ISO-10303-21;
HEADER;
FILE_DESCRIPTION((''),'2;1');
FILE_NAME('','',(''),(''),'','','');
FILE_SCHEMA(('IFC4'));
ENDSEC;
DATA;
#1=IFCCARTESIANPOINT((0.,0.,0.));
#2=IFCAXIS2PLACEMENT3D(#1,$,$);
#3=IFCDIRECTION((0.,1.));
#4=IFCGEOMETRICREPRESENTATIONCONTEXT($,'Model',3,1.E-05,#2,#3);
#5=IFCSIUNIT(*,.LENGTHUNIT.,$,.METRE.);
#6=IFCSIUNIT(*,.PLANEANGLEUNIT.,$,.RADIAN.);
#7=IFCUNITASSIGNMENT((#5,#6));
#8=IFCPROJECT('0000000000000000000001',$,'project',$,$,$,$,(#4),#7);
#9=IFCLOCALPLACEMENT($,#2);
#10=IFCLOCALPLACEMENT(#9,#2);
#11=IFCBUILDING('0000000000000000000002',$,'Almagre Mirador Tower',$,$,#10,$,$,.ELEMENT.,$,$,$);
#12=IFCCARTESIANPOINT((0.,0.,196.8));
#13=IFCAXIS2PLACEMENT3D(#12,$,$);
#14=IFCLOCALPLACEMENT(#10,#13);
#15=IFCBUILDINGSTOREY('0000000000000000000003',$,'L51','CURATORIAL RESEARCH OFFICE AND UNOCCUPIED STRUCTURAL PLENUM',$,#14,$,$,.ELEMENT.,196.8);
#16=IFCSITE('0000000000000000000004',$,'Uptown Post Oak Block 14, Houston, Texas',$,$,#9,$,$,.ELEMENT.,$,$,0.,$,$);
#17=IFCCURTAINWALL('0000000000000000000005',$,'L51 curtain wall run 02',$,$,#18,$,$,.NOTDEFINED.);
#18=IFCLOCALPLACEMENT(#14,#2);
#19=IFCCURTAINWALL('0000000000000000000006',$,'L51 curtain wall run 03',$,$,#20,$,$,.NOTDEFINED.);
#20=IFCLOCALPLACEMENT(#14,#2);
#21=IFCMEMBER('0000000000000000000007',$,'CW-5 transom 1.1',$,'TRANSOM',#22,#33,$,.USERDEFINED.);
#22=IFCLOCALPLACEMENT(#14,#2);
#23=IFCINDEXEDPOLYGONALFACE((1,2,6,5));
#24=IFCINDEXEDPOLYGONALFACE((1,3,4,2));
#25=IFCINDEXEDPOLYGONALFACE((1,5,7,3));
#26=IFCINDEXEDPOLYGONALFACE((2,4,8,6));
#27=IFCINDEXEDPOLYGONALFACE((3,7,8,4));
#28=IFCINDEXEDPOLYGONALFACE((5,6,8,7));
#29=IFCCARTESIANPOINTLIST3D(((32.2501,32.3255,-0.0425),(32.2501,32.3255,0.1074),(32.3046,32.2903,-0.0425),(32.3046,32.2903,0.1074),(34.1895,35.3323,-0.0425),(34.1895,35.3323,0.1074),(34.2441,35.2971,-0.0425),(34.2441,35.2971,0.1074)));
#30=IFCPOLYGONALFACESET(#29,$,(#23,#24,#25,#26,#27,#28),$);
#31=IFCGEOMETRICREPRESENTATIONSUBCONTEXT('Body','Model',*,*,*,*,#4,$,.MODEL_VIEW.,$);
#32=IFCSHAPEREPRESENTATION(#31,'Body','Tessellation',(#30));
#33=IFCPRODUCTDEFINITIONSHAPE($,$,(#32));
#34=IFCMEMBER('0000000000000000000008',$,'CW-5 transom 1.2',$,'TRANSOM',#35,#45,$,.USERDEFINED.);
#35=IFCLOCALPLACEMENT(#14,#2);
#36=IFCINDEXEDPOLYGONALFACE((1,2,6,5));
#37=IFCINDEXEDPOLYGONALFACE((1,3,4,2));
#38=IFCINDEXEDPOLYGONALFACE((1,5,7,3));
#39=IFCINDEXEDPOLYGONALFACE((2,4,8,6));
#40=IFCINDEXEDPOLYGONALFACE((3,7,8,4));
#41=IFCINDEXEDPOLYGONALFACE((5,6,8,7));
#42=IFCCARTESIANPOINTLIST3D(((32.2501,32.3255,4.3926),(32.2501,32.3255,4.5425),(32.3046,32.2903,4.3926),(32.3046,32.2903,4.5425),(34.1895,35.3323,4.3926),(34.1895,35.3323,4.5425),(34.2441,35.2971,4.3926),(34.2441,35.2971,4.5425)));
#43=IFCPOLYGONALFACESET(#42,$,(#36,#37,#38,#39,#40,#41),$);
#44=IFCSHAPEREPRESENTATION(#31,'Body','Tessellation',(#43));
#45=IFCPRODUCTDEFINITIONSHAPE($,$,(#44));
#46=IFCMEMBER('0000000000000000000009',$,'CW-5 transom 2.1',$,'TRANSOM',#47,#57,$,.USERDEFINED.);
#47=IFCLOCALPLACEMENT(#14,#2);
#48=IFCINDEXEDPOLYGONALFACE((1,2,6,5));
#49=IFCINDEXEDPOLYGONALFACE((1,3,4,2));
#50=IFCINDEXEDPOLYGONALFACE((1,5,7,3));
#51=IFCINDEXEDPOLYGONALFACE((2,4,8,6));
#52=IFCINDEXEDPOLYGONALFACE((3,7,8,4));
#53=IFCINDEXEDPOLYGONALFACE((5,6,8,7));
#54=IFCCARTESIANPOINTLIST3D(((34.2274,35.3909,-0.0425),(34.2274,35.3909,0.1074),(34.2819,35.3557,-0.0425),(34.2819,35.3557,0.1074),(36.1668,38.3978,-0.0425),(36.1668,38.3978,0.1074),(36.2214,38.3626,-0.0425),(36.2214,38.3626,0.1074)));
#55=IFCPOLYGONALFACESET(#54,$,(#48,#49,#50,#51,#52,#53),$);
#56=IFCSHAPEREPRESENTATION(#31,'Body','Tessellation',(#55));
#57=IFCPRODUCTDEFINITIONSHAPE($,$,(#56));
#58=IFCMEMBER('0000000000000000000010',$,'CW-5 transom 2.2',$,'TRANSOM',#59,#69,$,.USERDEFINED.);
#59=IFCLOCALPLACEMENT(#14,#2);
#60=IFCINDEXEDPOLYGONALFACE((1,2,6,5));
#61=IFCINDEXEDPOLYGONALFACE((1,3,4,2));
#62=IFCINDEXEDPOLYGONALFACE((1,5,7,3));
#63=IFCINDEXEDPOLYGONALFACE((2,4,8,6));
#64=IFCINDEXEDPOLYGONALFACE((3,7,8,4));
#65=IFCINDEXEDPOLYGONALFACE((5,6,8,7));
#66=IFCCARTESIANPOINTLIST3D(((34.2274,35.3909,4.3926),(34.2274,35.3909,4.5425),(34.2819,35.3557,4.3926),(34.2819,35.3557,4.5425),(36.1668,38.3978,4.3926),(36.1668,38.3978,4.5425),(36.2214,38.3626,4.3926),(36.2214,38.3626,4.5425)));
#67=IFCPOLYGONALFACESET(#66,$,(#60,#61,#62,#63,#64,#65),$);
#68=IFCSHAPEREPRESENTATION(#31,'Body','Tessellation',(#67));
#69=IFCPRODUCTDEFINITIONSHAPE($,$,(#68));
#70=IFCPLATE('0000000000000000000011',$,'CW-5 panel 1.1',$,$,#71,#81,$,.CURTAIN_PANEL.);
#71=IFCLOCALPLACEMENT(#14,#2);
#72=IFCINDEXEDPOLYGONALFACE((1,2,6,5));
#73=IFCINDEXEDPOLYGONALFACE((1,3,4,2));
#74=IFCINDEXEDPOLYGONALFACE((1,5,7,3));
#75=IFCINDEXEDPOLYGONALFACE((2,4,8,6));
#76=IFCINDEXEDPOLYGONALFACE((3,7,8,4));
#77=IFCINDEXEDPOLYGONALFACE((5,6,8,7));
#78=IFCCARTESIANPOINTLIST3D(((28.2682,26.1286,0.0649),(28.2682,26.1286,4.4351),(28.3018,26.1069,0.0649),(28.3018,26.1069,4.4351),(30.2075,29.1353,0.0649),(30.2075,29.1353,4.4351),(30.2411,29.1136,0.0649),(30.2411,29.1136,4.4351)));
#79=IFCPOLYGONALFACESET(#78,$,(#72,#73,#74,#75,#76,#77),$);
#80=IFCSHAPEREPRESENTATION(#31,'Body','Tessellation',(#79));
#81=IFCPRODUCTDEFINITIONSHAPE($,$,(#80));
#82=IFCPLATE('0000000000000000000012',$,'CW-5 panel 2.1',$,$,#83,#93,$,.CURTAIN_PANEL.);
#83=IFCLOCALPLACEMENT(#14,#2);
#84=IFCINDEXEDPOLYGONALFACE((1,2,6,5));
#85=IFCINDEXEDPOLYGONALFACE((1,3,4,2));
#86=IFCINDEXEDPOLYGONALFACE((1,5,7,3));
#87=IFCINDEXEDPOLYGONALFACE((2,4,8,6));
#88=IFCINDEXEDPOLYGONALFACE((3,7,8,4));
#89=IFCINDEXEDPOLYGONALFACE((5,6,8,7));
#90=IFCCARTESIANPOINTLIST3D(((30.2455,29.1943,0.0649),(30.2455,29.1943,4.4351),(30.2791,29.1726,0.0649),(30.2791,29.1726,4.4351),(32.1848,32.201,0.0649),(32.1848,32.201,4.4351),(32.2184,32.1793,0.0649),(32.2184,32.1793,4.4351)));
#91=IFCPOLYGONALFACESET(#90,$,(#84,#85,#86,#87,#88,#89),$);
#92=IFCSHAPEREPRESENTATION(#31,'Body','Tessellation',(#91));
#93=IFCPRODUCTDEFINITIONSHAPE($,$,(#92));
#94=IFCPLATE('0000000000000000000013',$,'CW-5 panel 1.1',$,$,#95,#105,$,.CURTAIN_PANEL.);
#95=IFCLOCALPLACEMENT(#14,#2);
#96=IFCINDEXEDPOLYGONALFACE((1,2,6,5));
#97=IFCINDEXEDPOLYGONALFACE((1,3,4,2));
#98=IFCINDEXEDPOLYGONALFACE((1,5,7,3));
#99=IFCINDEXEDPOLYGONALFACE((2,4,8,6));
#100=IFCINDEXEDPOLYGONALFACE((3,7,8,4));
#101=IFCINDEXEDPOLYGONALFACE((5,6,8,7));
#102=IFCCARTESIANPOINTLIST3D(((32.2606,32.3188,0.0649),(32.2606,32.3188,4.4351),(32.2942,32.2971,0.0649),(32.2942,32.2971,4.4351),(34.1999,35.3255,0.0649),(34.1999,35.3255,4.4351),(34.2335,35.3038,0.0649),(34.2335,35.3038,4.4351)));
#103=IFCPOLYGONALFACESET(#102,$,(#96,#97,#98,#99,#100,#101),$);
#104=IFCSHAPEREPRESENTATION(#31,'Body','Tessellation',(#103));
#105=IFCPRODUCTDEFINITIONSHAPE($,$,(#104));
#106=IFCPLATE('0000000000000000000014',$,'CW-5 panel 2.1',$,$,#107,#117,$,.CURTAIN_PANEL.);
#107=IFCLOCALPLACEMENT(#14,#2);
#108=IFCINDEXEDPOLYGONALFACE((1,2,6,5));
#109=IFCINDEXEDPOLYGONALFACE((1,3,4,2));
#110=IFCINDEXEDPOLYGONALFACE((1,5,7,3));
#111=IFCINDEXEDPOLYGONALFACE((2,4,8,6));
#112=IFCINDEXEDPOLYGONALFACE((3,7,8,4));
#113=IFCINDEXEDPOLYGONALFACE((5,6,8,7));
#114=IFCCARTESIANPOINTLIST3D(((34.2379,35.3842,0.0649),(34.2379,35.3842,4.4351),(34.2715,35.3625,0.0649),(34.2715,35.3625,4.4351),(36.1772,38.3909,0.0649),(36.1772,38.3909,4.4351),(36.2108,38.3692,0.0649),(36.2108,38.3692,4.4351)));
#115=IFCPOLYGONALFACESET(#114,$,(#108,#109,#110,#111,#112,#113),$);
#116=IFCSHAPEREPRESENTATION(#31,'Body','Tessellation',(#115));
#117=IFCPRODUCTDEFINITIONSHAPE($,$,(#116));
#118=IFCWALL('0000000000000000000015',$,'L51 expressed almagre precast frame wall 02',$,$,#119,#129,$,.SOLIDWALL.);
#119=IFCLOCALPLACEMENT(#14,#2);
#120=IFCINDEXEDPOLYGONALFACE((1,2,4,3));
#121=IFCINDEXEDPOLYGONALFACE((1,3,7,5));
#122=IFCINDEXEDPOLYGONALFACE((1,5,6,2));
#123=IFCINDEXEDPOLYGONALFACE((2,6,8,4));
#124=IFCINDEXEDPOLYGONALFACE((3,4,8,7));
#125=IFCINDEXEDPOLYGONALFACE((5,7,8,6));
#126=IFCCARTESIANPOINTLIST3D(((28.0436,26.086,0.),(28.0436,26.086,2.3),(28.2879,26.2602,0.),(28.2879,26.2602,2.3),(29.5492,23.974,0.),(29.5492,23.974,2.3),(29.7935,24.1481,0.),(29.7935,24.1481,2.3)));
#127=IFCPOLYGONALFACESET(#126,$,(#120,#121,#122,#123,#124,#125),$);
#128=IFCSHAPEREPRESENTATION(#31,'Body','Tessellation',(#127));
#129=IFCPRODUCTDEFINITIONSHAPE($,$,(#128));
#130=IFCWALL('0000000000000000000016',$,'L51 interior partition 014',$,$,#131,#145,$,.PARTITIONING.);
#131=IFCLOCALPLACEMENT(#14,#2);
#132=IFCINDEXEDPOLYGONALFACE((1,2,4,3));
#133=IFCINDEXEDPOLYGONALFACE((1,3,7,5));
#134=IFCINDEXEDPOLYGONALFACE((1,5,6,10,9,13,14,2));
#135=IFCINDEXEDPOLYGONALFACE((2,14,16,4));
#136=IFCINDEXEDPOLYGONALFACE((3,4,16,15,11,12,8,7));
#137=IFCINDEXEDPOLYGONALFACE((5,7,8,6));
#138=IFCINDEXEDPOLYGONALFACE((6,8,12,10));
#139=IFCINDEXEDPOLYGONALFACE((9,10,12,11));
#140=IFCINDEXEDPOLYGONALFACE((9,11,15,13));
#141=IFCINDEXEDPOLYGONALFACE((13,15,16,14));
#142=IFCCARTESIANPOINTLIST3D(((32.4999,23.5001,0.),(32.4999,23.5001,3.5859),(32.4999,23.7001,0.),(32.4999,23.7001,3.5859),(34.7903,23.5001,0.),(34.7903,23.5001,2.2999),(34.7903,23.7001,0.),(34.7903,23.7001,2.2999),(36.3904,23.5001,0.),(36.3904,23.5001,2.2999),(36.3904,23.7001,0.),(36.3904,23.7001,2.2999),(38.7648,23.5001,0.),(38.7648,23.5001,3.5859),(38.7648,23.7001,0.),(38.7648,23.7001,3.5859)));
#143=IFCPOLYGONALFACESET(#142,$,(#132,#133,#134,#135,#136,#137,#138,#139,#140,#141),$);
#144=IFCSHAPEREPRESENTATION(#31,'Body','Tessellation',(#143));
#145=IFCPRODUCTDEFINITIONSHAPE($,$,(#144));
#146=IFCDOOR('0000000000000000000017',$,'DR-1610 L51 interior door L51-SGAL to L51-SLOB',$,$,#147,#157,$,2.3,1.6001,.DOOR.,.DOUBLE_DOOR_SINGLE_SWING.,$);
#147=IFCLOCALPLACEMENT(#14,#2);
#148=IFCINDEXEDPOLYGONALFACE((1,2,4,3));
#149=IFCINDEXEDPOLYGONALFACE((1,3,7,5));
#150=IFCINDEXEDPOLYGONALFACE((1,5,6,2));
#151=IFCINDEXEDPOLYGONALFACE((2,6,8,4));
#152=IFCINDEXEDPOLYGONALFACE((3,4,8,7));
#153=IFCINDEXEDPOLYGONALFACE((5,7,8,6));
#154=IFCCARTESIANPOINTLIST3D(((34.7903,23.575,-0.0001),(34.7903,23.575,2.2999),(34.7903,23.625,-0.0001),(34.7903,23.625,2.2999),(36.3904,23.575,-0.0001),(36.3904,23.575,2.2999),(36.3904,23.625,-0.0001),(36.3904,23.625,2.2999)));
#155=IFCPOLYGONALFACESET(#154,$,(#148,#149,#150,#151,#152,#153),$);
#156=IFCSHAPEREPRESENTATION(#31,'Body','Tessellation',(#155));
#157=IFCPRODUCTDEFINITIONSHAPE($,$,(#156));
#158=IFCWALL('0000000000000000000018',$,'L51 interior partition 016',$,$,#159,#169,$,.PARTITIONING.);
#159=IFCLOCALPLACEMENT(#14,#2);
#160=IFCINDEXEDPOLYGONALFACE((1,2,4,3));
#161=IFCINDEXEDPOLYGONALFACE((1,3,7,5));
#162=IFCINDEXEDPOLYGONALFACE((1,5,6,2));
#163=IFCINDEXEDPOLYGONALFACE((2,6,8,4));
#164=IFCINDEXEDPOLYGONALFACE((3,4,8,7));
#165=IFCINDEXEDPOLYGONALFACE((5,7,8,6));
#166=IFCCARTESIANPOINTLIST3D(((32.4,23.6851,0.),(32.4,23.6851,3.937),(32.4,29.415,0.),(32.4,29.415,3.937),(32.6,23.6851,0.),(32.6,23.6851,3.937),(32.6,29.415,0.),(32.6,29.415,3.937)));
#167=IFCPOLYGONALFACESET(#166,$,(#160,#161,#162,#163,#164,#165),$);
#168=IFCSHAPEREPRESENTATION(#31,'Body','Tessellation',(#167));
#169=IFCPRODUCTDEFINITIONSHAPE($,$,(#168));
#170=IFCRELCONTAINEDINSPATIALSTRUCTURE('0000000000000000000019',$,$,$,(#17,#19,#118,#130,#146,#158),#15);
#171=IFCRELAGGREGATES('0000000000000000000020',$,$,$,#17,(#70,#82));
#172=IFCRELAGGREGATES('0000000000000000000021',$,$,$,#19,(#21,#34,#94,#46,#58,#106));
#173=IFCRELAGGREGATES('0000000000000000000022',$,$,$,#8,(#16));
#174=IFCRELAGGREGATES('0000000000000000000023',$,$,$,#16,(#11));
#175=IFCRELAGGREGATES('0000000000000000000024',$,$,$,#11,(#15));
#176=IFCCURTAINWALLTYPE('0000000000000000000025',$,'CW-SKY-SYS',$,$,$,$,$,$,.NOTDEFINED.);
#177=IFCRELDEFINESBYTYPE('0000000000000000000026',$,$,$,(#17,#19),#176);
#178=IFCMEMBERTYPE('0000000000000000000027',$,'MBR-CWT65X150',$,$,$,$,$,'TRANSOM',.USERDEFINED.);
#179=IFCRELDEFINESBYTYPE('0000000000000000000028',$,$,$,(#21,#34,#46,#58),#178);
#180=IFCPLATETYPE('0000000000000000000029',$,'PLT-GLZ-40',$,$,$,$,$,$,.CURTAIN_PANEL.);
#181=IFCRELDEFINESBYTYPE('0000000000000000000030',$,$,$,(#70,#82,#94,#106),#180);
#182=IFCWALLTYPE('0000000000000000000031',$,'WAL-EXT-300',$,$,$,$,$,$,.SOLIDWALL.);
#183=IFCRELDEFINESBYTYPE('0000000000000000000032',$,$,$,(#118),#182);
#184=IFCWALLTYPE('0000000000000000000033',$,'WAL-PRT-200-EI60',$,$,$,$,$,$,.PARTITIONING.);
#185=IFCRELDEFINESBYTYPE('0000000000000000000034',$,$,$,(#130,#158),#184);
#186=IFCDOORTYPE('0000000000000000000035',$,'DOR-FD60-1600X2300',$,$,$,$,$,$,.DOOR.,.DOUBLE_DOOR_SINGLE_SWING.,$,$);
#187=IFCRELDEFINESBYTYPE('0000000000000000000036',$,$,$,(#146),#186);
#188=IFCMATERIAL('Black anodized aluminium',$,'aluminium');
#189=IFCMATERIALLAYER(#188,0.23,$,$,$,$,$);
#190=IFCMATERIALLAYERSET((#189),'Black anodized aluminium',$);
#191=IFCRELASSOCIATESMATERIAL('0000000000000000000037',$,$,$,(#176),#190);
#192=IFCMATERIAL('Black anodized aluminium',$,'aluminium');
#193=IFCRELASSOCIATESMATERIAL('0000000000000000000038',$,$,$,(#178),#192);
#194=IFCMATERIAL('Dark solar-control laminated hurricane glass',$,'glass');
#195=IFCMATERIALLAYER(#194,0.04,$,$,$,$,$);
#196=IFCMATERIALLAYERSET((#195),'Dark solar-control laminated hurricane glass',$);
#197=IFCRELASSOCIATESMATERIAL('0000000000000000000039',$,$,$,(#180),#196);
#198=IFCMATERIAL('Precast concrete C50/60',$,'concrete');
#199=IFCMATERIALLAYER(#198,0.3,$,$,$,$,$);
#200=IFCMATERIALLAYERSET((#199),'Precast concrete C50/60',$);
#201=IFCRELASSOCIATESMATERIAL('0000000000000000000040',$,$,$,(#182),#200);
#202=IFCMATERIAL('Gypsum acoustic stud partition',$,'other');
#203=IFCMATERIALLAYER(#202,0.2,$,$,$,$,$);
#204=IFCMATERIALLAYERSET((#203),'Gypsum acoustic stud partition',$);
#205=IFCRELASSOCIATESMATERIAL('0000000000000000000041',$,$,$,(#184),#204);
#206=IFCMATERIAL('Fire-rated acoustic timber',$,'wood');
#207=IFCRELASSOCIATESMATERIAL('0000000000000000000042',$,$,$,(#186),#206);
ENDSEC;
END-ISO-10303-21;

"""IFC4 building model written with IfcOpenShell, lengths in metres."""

from ifc_helpers import new_model, si_unit, direction, frame, frame_2d, origin, origin_2d, place, context, subcontext, project, spatial, rectangle, extrude, material, layer, layer_set, material_profile, profile_set, type_object, element, fill, aggregate, save


model = new_model("IFC4")

# Units and contexts
model_context = context("Model", 3, precision=1e-05, world=origin(), true_north=direction((0.0, 1.0)))
body_context = subcontext(model_context, "Body", "Model", "MODEL_VIEW")
ifc_project = project(units=[si_unit("LENGTHUNIT", "METRE"), si_unit("PLANEANGLEUNIT", "RADIAN")], contexts=[model_context])

# Site, building, storey
site_placement = place(None, origin())
site = spatial("IfcSite", under=ifc_project, at=site_placement, Name="Uptown Post Oak Block 14, Houston, Texas", CompositionType="ELEMENT", RefElevation=0.0)
building_placement = place(site_placement, origin())
building = spatial("IfcBuilding", under=site, at=building_placement, Name="Almagre Mirador Tower", CompositionType="ELEMENT")
storey_placement = place(building_placement, frame((0.0, 0.0, 196.8)))
storey = spatial("IfcBuildingStorey", under=building, at=storey_placement, Name="L51", Description="CURATORIAL RESEARCH OFFICE AND UNOCCUPIED STRUCTURAL PLENUM", CompositionType="ELEMENT", Elevation=196.8)

# Curtain walls
ifc_material_1 = material(Name="Black anodized aluminium", Category="aluminium")
ifc_layer_1 = layer(ifc_material_1, 0.23)
ifc_layer_set_1 = layer_set([ifc_layer_1], Name="Black anodized aluminium")
curtain_wall_type_1 = type_object("IfcCurtainWallType", Name="CW-SKY-SYS", PredefinedType="NOTDEFINED", material=ifc_layer_set_1)
curtain_wall_1_placement = place(storey_placement, origin())
curtain_wall_1 = element("IfcCurtainWall", 1, at=curtain_wall_1_placement, inside=storey, type_object=curtain_wall_type_1, Name="L51 curtain wall run 02", PredefinedType="NOTDEFINED")
curtain_wall_2_placement = place(storey_placement, origin())
curtain_wall_2 = element("IfcCurtainWall", 2, at=curtain_wall_2_placement, inside=storey, type_object=curtain_wall_type_1, Name="L51 curtain wall run 03", PredefinedType="NOTDEFINED")

# Members
ifc_material_2 = material(Name="Black anodized aluminium", Category="aluminium")
ifc_material_profile_1 = material_profile(ifc_material_2, rectangle(XDim=0.0649, YDim=0.1499, at=origin_2d()), Name="CWT65X150")
ifc_profile_set_1 = profile_set([ifc_material_profile_1], Name="Black anodized aluminium")
member_type_1 = type_object("IfcMemberType", Name="MBR-CWT65X150", ElementType="TRANSOM", PredefinedType="USERDEFINED", material=ifc_profile_set_1)
member_1_placement = place(storey_placement, frame((32.2773, 32.3079, 0.0325), z_axis=(0.54204, 0.840353, 0.0), x_axis=(-0.840353, 0.54204, 0.0)))
member_1 = element("IfcMember", 3, at=member_1_placement, type_object=member_type_1, Name="CW-5 transom 1.1", ObjectType="TRANSOM", PredefinedType="USERDEFINED", context=body_context, shape_type="SweptSolid", body=[
    extrude(rectangle(XDim=0.0649, YDim=0.1499, at=origin_2d()), origin(), (0.0, 0.0, 1.0), 3.5781),
])
member_2_placement = place(storey_placement, frame((32.2773, 32.3079, 4.4675), z_axis=(0.54204, 0.840353, 0.0), x_axis=(-0.840353, 0.54204, 0.0)))
member_2 = element("IfcMember", 4, at=member_2_placement, type_object=member_type_1, Name="CW-5 transom 1.2", ObjectType="TRANSOM", PredefinedType="USERDEFINED", context=body_context, shape_type="SweptSolid", body=[
    extrude(rectangle(XDim=0.0649, YDim=0.1499, at=origin_2d()), origin(), (0.0, 0.0, 1.0), 3.5781),
])
member_3_placement = place(storey_placement, frame((34.2546, 35.3733, 0.0325), z_axis=(0.54204, 0.840353, 0.0), x_axis=(-0.840353, 0.54204, 0.0)))
member_3 = element("IfcMember", 5, at=member_3_placement, type_object=member_type_1, Name="CW-5 transom 2.1", ObjectType="TRANSOM", PredefinedType="USERDEFINED", context=body_context, shape_type="SweptSolid", body=[
    extrude(rectangle(XDim=0.0649, YDim=0.1499, at=origin_2d()), origin(), (0.0, 0.0, 1.0), 3.5781),
])
member_4_placement = place(storey_placement, frame((34.2546, 35.3733, 4.4675), z_axis=(0.54204, 0.840353, 0.0), x_axis=(-0.840353, 0.54204, 0.0)))
member_4 = element("IfcMember", 6, at=member_4_placement, type_object=member_type_1, Name="CW-5 transom 2.2", ObjectType="TRANSOM", PredefinedType="USERDEFINED", context=body_context, shape_type="SweptSolid", body=[
    extrude(rectangle(XDim=0.0649, YDim=0.1499, at=origin_2d()), origin(), (0.0, 0.0, 1.0), 3.5781),
])

# Plates
ifc_material_3 = material(Name="Dark solar-control laminated hurricane glass", Category="glass")
ifc_layer_2 = layer(ifc_material_3, 0.04)
ifc_layer_set_2 = layer_set([ifc_layer_2], Name="Dark solar-control laminated hurricane glass")
plate_type = type_object("IfcPlateType", Name="PLT-GLZ-40", PredefinedType="CURTAIN_PANEL", material=ifc_layer_set_2)
plate_1_placement = place(storey_placement, frame((29.2546, 27.6211, 0.0649), z_axis=(0.0, 0.0, 1.0), x_axis=(0.542026, 0.840361, 0.0)))
plate_1 = element("IfcPlate", 7, at=plate_1_placement, type_object=plate_type, Name="CW-5 panel 1.1", PredefinedType="CURTAIN_PANEL", context=body_context, shape_type="SweptSolid", body=[
    extrude(rectangle(XDim=3.5779, YDim=0.04, at=origin_2d()), origin(), (0.0, 0.0, 1.0), 4.3701),
])
plate_2_placement = place(storey_placement, frame((31.2319, 30.6868, 0.0649), z_axis=(0.0, 0.0, 1.0), x_axis=(0.542026, 0.840361, 0.0)))
plate_2 = element("IfcPlate", 8, at=plate_2_placement, type_object=plate_type, Name="CW-5 panel 2.1", PredefinedType="CURTAIN_PANEL", context=body_context, shape_type="SweptSolid", body=[
    extrude(rectangle(XDim=3.5779, YDim=0.04, at=origin_2d()), origin(), (0.0, 0.0, 1.0), 4.3701),
])
aggregate(curtain_wall_1, [plate_1, plate_2])
plate_3_placement = place(storey_placement, frame((33.2471, 33.8113, 0.0649), z_axis=(0.0, 0.0, 1.0), x_axis=(0.542026, 0.840361, 0.0)))
plate_3 = element("IfcPlate", 9, at=plate_3_placement, type_object=plate_type, Name="CW-5 panel 1.1", PredefinedType="CURTAIN_PANEL", context=body_context, shape_type="SweptSolid", body=[
    extrude(rectangle(XDim=3.5779, YDim=0.04, at=origin_2d()), origin(), (0.0, 0.0, 1.0), 4.3701),
])
plate_4_placement = place(storey_placement, frame((35.2244, 36.8767, 0.0649), z_axis=(0.0, 0.0, 1.0), x_axis=(0.542026, 0.840361, 0.0)))
plate_4 = element("IfcPlate", 10, at=plate_4_placement, type_object=plate_type, Name="CW-5 panel 2.1", PredefinedType="CURTAIN_PANEL", context=body_context, shape_type="SweptSolid", body=[
    extrude(rectangle(XDim=3.5779, YDim=0.04, at=origin_2d()), origin(), (0.0, 0.0, 1.0), 4.3701),
])
aggregate(curtain_wall_2, [member_1, member_2, plate_3, member_3, member_4, plate_4])

# Wall
ifc_material_4 = material(Name="Precast concrete C50/60", Category="concrete")
ifc_layer_3 = layer(ifc_material_4, 0.3)
ifc_layer_set_3 = layer_set([ifc_layer_3], Name="Precast concrete C50/60")
wall_type_1 = type_object("IfcWallType", Name="WAL-EXT-300", PredefinedType="SOLIDWALL", material=ifc_layer_set_3)
wall_1_placement = place(storey_placement, frame((29.6714, 24.061, 0.0), z_axis=(0.0, 0.0, 1.0), x_axis=(-0.580472, 0.81428, 0.0)))
element("IfcWall", 11, at=wall_1_placement, inside=storey, type_object=wall_type_1, Name="L51 expressed almagre precast frame wall 02", PredefinedType="SOLIDWALL", context=body_context, shape_type="SweptSolid", body=[
    extrude(rectangle(XDim=2.5938, YDim=0.3, at=frame_2d((1.2969, 0.0))), origin(), (0.0, 0.0, 1.0), 2.3),
])

# Wall, opening, door
ifc_material_5 = material(Name="Gypsum acoustic stud partition", Category="other")
ifc_layer_4 = layer(ifc_material_5, 0.2)
ifc_layer_set_4 = layer_set([ifc_layer_4], Name="Gypsum acoustic stud partition")
wall_type_2 = type_object("IfcWallType", Name="WAL-PRT-200-EI60", PredefinedType="PARTITIONING", material=ifc_layer_set_4)
wall_2_placement = place(storey_placement, frame((32.5, 23.6001, 0.0), z_axis=(0.0, 0.0, 1.0), x_axis=(1.0, 0.0, 0.0)))
wall_2 = element("IfcWall", 12, at=wall_2_placement, inside=storey, type_object=wall_type_2, Name="L51 interior partition 014", PredefinedType="PARTITIONING", context=body_context, shape_type="SweptSolid", body=[
    extrude(rectangle(XDim=6.2649, YDim=0.2, at=frame_2d((3.1323, 0.0))), origin(), (0.0, 0.0, 1.0), 3.5859),
])
opening_1_placement = place(wall_2_placement, frame((2.2903, 0.0, 0.0)))
opening_1 = element("IfcOpeningElement", 13, at=opening_1_placement, cuts=wall_2, PredefinedType="OPENING", context=body_context, shape_type="SweptSolid", body=[
    extrude(rectangle(XDim=1.6001, YDim=2.3, at=frame_2d((0.8, 1.1499))), frame((0.0, 0.1101, 0.0), z_axis=(0.0, -1.0, 0.0), x_axis=(1.0, 0.0, 0.0)), (0.0, 0.0, 1.0), 0.22),
])
ifc_material_6 = material(Name="Fire-rated acoustic timber", Category="wood")
door_type_1 = type_object("IfcDoorType", Name="DOR-FD60-1600X2300", OperationType="DOUBLE_DOOR_SINGLE_SWING", PredefinedType="DOOR", material=ifc_material_6)
door_1_placement = place(opening_1_placement, origin())
door_1 = element("IfcDoor", 14, at=door_1_placement, inside=storey, type_object=door_type_1, Name="DR-1610 L51 interior door L51-SGAL to L51-SLOB", OperationType="DOUBLE_DOOR_SINGLE_SWING", OverallHeight=2.3, OverallWidth=1.6001, PredefinedType="DOOR", context=body_context, shape_type="SweptSolid", body=[
    extrude(rectangle(XDim=1.6001, YDim=2.3, at=frame_2d((0.8, 1.1499))), frame((0.0, 0.0249, 0.0), z_axis=(0.0, -1.0, 0.0), x_axis=(1.0, 0.0, 0.0)), (0.0, 0.0, 1.0), 0.05),
])
fill(opening_1, door_1)

# Wall
wall_3_placement = place(storey_placement, frame((32.5, 29.415, 0.0), z_axis=(0.0, 0.0, 1.0), x_axis=(0.0, -1.0, 0.0)))
element("IfcWall", 15, at=wall_3_placement, inside=storey, type_object=wall_type_2, Name="L51 interior partition 016", PredefinedType="PARTITIONING", context=body_context, shape_type="SweptSolid", body=[
    extrude(rectangle(XDim=5.73, YDim=0.2, at=frame_2d((2.865, 0.0))), origin(), (0.0, 0.0, 1.0), 3.937),
])

save(model, "model.ifc")
